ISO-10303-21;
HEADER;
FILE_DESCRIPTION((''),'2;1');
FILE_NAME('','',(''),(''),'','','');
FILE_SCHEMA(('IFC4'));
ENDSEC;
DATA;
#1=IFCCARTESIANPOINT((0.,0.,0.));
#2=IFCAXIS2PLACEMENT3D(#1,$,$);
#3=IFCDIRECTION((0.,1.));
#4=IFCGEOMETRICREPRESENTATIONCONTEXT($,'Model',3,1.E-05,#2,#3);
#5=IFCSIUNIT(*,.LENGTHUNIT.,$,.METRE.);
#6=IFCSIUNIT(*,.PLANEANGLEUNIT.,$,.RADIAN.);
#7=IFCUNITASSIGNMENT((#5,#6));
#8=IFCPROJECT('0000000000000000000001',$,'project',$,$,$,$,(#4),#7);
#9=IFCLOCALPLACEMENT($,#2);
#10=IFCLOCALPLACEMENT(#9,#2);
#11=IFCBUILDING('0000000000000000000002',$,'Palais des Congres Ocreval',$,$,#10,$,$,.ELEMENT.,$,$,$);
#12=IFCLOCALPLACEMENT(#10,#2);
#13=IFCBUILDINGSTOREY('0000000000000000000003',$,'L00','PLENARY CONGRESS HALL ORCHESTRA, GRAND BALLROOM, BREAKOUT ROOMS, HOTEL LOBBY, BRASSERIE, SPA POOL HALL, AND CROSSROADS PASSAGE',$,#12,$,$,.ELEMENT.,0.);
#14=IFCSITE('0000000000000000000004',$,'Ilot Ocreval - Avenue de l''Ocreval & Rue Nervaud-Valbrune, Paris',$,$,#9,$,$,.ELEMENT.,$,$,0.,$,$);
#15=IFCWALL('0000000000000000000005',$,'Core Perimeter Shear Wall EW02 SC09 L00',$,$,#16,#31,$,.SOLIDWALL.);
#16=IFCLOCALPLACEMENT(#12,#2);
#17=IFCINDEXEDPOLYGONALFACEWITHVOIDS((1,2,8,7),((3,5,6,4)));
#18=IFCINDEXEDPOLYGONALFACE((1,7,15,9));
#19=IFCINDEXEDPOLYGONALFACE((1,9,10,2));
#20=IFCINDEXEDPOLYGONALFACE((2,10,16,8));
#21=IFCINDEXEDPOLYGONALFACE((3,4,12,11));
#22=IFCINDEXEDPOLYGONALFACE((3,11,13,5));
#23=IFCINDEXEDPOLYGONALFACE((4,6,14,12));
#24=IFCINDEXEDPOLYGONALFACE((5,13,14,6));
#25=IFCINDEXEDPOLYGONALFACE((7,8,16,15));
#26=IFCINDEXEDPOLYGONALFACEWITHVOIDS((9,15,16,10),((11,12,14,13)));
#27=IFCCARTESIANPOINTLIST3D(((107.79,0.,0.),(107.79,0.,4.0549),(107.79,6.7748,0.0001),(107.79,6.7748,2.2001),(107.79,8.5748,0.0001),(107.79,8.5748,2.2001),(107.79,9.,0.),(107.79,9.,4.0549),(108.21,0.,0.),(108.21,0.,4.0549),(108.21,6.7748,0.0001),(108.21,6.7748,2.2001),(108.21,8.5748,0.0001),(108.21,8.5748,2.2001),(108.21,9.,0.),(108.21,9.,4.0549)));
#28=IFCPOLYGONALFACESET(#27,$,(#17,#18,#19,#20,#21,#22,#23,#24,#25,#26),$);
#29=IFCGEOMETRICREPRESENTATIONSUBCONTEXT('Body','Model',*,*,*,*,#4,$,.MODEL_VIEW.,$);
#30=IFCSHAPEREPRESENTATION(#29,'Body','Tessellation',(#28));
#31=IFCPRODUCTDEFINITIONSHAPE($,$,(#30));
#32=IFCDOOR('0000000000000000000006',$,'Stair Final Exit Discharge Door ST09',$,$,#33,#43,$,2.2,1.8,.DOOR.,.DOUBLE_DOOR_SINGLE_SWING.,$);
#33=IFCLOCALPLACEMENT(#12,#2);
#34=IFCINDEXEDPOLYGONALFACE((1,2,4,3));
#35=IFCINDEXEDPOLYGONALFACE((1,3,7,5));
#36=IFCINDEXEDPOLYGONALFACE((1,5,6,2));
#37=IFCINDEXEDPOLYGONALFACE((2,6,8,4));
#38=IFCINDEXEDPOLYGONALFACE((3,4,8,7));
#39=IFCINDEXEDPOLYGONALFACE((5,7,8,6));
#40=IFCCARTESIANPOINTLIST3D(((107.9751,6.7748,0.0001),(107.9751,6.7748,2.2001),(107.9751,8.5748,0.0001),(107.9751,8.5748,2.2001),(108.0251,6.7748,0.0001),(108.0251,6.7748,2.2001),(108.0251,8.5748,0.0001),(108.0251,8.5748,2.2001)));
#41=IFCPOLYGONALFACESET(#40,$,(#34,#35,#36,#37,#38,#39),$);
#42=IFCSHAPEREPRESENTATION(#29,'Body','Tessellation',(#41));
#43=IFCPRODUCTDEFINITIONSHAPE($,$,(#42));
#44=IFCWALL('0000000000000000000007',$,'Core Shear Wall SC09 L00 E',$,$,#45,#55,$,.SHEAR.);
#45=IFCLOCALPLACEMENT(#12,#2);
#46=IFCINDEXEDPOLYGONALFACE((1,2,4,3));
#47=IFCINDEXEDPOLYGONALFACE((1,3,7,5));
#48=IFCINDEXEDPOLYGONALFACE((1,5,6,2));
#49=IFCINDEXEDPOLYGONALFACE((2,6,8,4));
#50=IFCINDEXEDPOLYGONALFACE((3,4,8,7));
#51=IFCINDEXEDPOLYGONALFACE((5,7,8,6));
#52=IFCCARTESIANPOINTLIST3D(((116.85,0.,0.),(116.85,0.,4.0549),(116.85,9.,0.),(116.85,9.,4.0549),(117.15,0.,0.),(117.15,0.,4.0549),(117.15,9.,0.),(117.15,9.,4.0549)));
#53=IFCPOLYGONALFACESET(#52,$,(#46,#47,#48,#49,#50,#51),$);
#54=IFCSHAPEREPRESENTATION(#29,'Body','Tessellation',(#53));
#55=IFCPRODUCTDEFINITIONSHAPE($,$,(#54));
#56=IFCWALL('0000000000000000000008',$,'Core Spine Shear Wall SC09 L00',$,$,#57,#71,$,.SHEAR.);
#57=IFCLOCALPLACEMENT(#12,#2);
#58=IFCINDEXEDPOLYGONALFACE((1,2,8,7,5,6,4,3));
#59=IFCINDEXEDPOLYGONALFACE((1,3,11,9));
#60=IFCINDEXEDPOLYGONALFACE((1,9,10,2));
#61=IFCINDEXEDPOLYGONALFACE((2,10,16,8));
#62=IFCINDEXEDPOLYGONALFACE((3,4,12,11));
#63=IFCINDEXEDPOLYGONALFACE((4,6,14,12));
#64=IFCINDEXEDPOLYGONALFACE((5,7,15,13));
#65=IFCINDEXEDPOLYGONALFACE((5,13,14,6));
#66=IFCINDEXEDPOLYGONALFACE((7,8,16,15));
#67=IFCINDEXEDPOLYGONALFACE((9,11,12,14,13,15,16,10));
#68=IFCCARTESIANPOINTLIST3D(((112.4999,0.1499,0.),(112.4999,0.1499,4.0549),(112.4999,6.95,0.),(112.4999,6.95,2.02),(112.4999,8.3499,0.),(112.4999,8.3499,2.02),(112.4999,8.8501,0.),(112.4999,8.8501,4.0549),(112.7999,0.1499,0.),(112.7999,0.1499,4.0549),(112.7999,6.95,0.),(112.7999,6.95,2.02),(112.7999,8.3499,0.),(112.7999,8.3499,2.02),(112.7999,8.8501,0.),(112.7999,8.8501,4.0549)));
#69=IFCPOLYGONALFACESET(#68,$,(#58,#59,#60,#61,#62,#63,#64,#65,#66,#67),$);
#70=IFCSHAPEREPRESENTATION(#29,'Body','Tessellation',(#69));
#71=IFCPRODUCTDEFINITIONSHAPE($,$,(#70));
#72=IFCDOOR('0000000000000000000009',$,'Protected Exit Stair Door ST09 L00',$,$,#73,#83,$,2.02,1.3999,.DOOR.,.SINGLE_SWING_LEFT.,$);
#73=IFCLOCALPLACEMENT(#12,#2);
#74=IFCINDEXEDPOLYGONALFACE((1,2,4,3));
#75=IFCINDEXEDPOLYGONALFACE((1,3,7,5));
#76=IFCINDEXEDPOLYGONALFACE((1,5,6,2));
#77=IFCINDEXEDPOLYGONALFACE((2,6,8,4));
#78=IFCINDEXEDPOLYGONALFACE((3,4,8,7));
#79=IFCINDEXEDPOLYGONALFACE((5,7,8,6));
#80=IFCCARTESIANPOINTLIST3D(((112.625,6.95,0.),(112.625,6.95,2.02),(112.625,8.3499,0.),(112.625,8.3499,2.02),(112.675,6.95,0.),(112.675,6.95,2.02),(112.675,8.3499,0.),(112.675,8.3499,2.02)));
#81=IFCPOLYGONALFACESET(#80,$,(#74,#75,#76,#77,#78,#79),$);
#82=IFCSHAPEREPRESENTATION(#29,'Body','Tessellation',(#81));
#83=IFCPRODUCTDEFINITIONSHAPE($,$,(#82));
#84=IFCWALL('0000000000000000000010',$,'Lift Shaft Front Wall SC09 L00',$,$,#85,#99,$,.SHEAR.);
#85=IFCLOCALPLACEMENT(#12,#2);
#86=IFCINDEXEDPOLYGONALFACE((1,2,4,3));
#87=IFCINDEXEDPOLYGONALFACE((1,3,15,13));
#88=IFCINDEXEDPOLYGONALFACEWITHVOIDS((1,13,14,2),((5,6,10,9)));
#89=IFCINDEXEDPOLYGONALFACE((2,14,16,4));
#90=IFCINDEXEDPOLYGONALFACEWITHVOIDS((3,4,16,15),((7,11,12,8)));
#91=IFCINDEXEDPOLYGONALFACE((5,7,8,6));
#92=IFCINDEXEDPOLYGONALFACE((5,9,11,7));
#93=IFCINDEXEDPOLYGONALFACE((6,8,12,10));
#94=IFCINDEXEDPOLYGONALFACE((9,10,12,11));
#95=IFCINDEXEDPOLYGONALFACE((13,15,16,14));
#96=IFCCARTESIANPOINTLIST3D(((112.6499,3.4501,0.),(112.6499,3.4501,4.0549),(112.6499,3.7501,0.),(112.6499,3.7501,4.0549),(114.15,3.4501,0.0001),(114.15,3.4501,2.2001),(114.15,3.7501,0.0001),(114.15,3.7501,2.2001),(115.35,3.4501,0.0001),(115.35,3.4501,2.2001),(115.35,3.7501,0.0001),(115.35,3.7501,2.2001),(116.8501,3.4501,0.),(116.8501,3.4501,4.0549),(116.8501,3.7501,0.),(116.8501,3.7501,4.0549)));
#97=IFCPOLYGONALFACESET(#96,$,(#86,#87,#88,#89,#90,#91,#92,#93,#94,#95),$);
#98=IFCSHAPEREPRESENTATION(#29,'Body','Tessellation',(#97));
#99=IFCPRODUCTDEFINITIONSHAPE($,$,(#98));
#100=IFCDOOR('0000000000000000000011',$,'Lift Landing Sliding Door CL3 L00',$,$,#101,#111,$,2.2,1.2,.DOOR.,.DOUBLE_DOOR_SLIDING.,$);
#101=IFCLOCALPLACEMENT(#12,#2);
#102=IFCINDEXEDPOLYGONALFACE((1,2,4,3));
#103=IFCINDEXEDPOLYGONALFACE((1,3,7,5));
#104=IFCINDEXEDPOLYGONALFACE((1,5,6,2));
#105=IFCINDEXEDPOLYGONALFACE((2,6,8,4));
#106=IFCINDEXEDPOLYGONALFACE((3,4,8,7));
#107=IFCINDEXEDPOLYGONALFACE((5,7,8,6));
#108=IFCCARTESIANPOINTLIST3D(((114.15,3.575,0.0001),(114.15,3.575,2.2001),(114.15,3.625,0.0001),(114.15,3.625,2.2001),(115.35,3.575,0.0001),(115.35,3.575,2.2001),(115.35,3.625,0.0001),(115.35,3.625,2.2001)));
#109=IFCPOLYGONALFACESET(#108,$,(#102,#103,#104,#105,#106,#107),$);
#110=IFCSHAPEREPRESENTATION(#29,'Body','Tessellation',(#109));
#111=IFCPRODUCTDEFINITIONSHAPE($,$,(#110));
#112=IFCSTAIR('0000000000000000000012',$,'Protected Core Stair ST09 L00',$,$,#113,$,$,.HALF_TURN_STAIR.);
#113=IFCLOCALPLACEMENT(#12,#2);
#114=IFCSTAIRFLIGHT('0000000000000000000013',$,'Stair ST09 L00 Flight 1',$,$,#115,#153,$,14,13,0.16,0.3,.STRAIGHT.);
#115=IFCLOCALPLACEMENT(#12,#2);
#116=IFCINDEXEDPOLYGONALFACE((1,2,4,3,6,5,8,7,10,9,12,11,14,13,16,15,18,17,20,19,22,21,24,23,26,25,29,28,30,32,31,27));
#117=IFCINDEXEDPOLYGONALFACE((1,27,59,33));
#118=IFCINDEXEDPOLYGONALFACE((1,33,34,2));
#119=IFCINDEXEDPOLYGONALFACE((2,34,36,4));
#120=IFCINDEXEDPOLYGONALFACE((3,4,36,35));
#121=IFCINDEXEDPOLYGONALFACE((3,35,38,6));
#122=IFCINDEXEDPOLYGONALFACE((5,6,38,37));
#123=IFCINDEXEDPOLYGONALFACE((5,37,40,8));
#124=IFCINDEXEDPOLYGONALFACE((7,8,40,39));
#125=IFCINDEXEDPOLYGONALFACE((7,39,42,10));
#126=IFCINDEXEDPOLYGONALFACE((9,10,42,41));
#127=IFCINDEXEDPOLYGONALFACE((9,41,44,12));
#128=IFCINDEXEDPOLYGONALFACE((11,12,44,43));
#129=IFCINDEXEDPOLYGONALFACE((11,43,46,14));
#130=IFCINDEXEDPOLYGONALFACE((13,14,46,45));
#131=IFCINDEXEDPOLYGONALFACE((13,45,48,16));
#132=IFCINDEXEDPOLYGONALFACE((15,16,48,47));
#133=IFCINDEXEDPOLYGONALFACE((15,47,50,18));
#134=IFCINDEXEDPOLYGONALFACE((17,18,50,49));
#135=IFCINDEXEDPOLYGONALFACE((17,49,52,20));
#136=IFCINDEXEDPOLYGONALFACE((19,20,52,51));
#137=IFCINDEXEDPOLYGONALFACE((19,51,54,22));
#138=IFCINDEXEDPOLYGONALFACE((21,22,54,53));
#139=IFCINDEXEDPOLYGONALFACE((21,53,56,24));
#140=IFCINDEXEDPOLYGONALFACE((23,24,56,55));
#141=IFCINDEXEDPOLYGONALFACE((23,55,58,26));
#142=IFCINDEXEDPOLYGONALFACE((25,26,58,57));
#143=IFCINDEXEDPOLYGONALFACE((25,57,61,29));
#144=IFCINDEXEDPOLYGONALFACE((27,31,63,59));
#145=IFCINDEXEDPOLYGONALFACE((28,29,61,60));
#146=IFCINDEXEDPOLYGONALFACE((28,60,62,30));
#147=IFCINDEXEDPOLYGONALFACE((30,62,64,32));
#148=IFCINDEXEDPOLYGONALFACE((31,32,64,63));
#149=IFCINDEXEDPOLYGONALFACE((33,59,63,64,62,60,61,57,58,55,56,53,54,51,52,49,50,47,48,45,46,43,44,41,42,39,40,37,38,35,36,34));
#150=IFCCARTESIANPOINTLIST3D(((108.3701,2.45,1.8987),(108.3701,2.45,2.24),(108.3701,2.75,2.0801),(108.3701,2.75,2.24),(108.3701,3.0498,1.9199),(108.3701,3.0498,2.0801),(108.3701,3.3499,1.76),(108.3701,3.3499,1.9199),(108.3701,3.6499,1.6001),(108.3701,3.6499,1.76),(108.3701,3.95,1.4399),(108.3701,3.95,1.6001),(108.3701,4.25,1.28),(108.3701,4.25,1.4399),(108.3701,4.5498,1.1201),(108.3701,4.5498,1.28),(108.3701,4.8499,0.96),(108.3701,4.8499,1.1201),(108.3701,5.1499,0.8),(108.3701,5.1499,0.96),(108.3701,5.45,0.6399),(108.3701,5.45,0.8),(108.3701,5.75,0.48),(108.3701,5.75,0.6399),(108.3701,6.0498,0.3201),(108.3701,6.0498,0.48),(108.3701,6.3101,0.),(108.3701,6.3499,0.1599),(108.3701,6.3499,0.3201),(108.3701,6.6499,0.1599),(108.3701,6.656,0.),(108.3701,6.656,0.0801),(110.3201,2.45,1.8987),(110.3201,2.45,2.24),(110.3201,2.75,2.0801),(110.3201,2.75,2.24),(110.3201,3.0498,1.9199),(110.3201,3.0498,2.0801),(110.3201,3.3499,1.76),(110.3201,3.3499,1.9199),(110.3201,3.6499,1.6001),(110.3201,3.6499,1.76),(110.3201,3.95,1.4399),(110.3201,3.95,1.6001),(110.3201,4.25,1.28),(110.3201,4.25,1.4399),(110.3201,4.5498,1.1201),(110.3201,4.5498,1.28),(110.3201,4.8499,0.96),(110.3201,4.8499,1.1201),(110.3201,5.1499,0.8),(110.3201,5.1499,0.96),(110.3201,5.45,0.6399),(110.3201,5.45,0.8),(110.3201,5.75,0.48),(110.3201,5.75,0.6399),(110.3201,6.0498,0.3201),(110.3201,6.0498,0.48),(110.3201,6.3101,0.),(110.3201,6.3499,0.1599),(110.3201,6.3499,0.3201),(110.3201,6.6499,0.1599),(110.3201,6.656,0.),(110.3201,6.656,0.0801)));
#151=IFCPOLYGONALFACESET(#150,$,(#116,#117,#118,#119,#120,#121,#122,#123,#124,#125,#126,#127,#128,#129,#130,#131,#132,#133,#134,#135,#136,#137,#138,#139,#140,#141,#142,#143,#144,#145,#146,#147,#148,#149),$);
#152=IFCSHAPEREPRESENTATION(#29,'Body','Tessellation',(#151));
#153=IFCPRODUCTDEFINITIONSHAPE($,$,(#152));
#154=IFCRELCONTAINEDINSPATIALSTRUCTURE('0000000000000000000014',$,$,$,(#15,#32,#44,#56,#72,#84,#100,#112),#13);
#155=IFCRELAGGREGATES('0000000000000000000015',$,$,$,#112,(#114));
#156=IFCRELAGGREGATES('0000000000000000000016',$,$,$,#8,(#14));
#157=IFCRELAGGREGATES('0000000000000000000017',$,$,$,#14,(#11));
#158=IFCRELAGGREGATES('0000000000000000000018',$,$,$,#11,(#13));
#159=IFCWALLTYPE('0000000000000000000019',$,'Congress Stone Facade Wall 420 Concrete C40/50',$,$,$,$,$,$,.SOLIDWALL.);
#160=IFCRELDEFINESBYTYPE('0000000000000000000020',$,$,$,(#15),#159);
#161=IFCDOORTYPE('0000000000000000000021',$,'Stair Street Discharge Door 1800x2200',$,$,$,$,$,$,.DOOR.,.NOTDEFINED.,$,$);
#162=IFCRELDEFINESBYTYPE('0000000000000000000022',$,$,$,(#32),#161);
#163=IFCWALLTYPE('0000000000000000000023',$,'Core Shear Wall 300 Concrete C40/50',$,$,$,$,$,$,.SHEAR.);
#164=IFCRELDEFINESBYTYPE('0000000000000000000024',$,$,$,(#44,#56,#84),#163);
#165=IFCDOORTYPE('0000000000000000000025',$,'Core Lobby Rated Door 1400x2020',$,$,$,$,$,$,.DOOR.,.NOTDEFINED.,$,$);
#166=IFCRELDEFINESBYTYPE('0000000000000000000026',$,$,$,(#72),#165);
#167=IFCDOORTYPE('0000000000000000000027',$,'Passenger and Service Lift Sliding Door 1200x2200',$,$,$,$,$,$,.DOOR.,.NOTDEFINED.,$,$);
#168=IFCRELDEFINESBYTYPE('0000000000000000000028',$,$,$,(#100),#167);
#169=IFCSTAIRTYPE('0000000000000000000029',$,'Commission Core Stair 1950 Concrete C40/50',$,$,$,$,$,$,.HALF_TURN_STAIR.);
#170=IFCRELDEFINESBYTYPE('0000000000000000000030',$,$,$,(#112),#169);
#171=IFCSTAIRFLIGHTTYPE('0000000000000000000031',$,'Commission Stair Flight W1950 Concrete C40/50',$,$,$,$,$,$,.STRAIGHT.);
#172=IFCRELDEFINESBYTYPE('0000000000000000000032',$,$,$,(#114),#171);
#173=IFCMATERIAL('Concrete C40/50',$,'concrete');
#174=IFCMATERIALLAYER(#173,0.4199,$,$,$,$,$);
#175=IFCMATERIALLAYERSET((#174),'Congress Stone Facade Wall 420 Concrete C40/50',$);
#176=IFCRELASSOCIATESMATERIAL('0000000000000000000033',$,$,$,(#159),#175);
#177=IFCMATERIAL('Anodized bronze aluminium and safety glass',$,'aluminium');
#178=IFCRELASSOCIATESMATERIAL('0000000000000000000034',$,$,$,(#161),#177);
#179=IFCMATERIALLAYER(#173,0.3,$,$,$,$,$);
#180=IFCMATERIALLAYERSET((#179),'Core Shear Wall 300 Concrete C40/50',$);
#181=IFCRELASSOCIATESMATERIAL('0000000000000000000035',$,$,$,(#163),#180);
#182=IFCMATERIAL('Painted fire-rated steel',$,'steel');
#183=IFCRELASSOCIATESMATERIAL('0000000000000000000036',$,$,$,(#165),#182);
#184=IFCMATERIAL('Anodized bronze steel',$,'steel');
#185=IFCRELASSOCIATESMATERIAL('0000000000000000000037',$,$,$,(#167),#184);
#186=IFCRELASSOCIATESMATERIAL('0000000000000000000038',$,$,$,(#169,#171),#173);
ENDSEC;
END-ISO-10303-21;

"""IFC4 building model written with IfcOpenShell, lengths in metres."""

from ifc_helpers import new_model, si_unit, direction, frame, frame_2d, origin, place, context, subcontext, project, spatial, polyline, rectangle, outline, extrude, material, layer, layer_set, type_object, element, fill, aggregate, save


model = new_model("IFC4")

# Units and contexts
model_context = context("Model", 3, precision=1e-05, world=origin(), true_north=direction((0.0, 1.0)))
body_context = subcontext(model_context, "Body", "Model", "MODEL_VIEW")
ifc_project = project(units=[si_unit("LENGTHUNIT", "METRE"), si_unit("PLANEANGLEUNIT", "RADIAN")], contexts=[model_context])

# Site, building, storey
site_placement = place(None, origin())
site = spatial("IfcSite", under=ifc_project, at=site_placement, Name="Ilot Ocreval - Avenue de l'Ocreval & Rue Nervaud-Valbrune, Paris", CompositionType="ELEMENT", RefElevation=0.0)
building_placement = place(site_placement, origin())
building = spatial("IfcBuilding", under=site, at=building_placement, Name="Palais des Congres Ocreval", CompositionType="ELEMENT")
storey_placement = place(building_placement, origin())
storey = spatial("IfcBuildingStorey", under=building, at=storey_placement, Name="L00", Description="PLENARY CONGRESS HALL ORCHESTRA, GRAND BALLROOM, BREAKOUT ROOMS, HOTEL LOBBY, BRASSERIE, SPA POOL HALL, AND CROSSROADS PASSAGE", CompositionType="ELEMENT", Elevation=0.0)

# Shared definitions
ifc_material_1 = material(Name="Concrete C40/50", Category="concrete")
ifc_layer_1 = layer(ifc_material_1, 0.4199)
ifc_layer_set_1 = layer_set([ifc_layer_1], Name="Congress Stone Facade Wall 420 Concrete C40/50")
wall_type_1 = type_object("IfcWallType", Name="Congress Stone Facade Wall 420 Concrete C40/50", PredefinedType="SOLIDWALL", material=ifc_layer_set_1)

# Wall, opening, door
wall_1_placement = place(storey_placement, frame((108.0, 0.0, 0.0), z_axis=(0.0, 0.0, 1.0), x_axis=(0.0, 1.0, 0.0)))
wall_1 = element("IfcWall", 1, at=wall_1_placement, inside=storey, type_object=wall_type_1, Name="Core Perimeter Shear Wall EW02 SC09 L00", PredefinedType="SOLIDWALL", context=body_context, shape_type="SweptSolid", body=[
    extrude(rectangle(XDim=9.0, YDim=0.4199, at=frame_2d((4.5, 0.0))), origin(), (0.0, 0.0, 1.0), 4.0549),
])
opening_1_placement = place(wall_1_placement, frame((6.7749, 0.0, 0.0)))
opening_1 = element("IfcOpeningElement", 2, at=opening_1_placement, cuts=wall_1, PredefinedType="OPENING", context=body_context, shape_type="SweptSolid", body=[
    extrude(rectangle(XDim=1.8, YDim=2.2, at=frame_2d((0.8999, 1.1001))), frame((0.0, 0.22, 0.0), z_axis=(0.0, -1.0, 0.0), x_axis=(1.0, 0.0, 0.0)), (0.0, 0.0, 1.0), 0.4399),
])
ifc_material_2 = material(Name="Anodized bronze aluminium and safety glass", Category="aluminium")
door_type_1 = type_object("IfcDoorType", Name="Stair Street Discharge Door 1800x2200", OperationType="NOTDEFINED", PredefinedType="DOOR", material=ifc_material_2)
door_1_placement = place(opening_1_placement, origin())
door_1 = element("IfcDoor", 3, at=door_1_placement, inside=storey, type_object=door_type_1, Name="Stair Final Exit Discharge Door ST09", OperationType="DOUBLE_DOOR_SINGLE_SWING", OverallHeight=2.2, OverallWidth=1.8, PredefinedType="DOOR", context=body_context, shape_type="SweptSolid", body=[
    extrude(rectangle(XDim=1.8, YDim=2.2, at=frame_2d((0.8999, 1.1001))), frame((0.0, 0.0249, 0.0), z_axis=(0.0, -1.0, 0.0), x_axis=(1.0, 0.0, 0.0)), (0.0, 0.0, 1.0), 0.05),
])
fill(opening_1, door_1)

# Wall
ifc_layer_2 = layer(ifc_material_1, 0.3)
ifc_layer_set_2 = layer_set([ifc_layer_2], Name="Core Shear Wall 300 Concrete C40/50")
wall_type_2 = type_object("IfcWallType", Name="Core Shear Wall 300 Concrete C40/50", PredefinedType="SHEAR", material=ifc_layer_set_2)
wall_2_placement = place(storey_placement, frame((117.0, 0.0, 0.0), z_axis=(0.0, 0.0, 1.0), x_axis=(0.0, 1.0, 0.0)))
element("IfcWall", 4, at=wall_2_placement, inside=storey, type_object=wall_type_2, Name="Core Shear Wall SC09 L00 E", PredefinedType="SHEAR", context=body_context, shape_type="SweptSolid", body=[
    extrude(rectangle(XDim=9.0, YDim=0.3, at=frame_2d((4.5, 0.0))), origin(), (0.0, 0.0, 1.0), 4.0549),
])

# Walls, openings, doors
wall_3_placement = place(storey_placement, frame((112.6499, 0.1499, 0.0), z_axis=(0.0, 0.0, 1.0), x_axis=(0.0, 1.0, 0.0)))
wall_3 = element("IfcWall", 5, at=wall_3_placement, inside=storey, type_object=wall_type_2, Name="Core Spine Shear Wall SC09 L00", PredefinedType="SHEAR", context=body_context, shape_type="SweptSolid", body=[
    extrude(rectangle(XDim=8.7002, YDim=0.3, at=frame_2d((4.3501, 0.0))), origin(), (0.0, 0.0, 1.0), 4.0549),
])
opening_2_placement = place(wall_3_placement, frame((6.8, 0.0, 0.0)))
opening_2 = element("IfcOpeningElement", 6, at=opening_2_placement, cuts=wall_3, PredefinedType="OPENING", context=body_context, shape_type="SweptSolid", body=[
    extrude(rectangle(XDim=1.3999, YDim=2.02, at=frame_2d((0.7, 1.01))), frame((0.0, 0.1599, 0.0), z_axis=(0.0, -1.0, 0.0), x_axis=(1.0, 0.0, 0.0)), (0.0, 0.0, 1.0), 0.3201),
])
ifc_material_3 = material(Name="Painted fire-rated steel", Category="steel")
door_type_2 = type_object("IfcDoorType", Name="Core Lobby Rated Door 1400x2020", OperationType="NOTDEFINED", PredefinedType="DOOR", material=ifc_material_3)
door_2_placement = place(opening_2_placement, origin())
door_2 = element("IfcDoor", 7, at=door_2_placement, inside=storey, type_object=door_type_2, Name="Protected Exit Stair Door ST09 L00", OperationType="SINGLE_SWING_LEFT", OverallHeight=2.02, OverallWidth=1.3999, PredefinedType="DOOR", context=body_context, shape_type="SweptSolid", body=[
    extrude(rectangle(XDim=1.3999, YDim=2.02, at=frame_2d((0.7, 1.01))), frame((0.0, 0.0249, 0.0), z_axis=(0.0, -1.0, 0.0), x_axis=(1.0, 0.0, 0.0)), (0.0, 0.0, 1.0), 0.05),
])
fill(opening_2, door_2)
wall_4_placement = place(storey_placement, frame((112.6499, 3.6001, 0.0), z_axis=(0.0, 0.0, 1.0), x_axis=(1.0, 0.0, 0.0)))
wall_4 = element("IfcWall", 8, at=wall_4_placement, inside=storey, type_object=wall_type_2, Name="Lift Shaft Front Wall SC09 L00", PredefinedType="SHEAR", context=body_context, shape_type="SweptSolid", body=[
    extrude(rectangle(XDim=4.2002, YDim=0.3, at=frame_2d((2.1001, 0.0))), origin(), (0.0, 0.0, 1.0), 4.0549),
])
opening_3_placement = place(wall_4_placement, frame((1.5, 0.0, 0.0)))
opening_3 = element("IfcOpeningElement", 9, at=opening_3_placement, cuts=wall_4, PredefinedType="OPENING", context=body_context, shape_type="SweptSolid", body=[
    extrude(rectangle(XDim=1.2, YDim=2.2, at=frame_2d((0.6001, 1.1001))), frame((0.0, 0.1599, 0.0), z_axis=(0.0, -1.0, 0.0), x_axis=(1.0, 0.0, 0.0)), (0.0, 0.0, 1.0), 0.3201),
])
ifc_material_4 = material(Name="Anodized bronze steel", Category="steel")
door_type_3 = type_object("IfcDoorType", Name="Passenger and Service Lift Sliding Door 1200x2200", OperationType="NOTDEFINED", PredefinedType="DOOR", material=ifc_material_4)
door_3_placement = place(opening_3_placement, origin())
door_3 = element("IfcDoor", 10, at=door_3_placement, inside=storey, type_object=door_type_3, Name="Lift Landing Sliding Door CL3 L00", OperationType="DOUBLE_DOOR_SLIDING", OverallHeight=2.2, OverallWidth=1.2, PredefinedType="DOOR", context=body_context, shape_type="SweptSolid", body=[
    extrude(rectangle(XDim=1.2, YDim=2.2, at=frame_2d((0.6001, 1.1001))), frame((0.0, 0.0249, 0.0), z_axis=(0.0, -1.0, 0.0), x_axis=(1.0, 0.0, 0.0)), (0.0, 0.0, 1.0), 0.05),
])
fill(opening_3, door_3)

# Stair, stair flight
stair_type = type_object("IfcStairType", Name="Commission Core Stair 1950 Concrete C40/50", PredefinedType="HALF_TURN_STAIR", material=ifc_material_1)
stair_placement = place(storey_placement, origin())
stair = element("IfcStair", 11, at=stair_placement, inside=storey, type_object=stair_type, Name="Protected Core Stair ST09 L00", PredefinedType="HALF_TURN_STAIR")
stair_flight_type = type_object("IfcStairFlightType", Name="Commission Stair Flight W1950 Concrete C40/50", PredefinedType="STRAIGHT", material=ifc_material_1)
stair_flight_1_placement = place(storey_placement, frame((109.345, 6.6499, 0.0), z_axis=(0.0, 0.0, 1.0), x_axis=(0.0, -1.0, 0.0)))
stair_flight_1 = element("IfcStairFlight", 12, at=stair_flight_1_placement, type_object=stair_flight_type, Name="Stair ST09 L00 Flight 1", NumberOfRisers=14, NumberOfTreads=13, PredefinedType="STRAIGHT", RiserHeight=0.16, TreadLength=0.3, context=body_context, shape_type="SweptSolid", body=[
    extrude(outline(polyline([(-0.0061, 0.0), (-0.0061, 0.0801), (0.0, 0.1599), (0.3, 0.1599), (0.3, 0.3201), (0.6001, 0.3201), (0.6001, 0.48), (0.8999, 0.48), (0.8999, 0.6399), (1.2, 0.6399), (1.2, 0.8), (1.5, 0.8), (1.5, 0.96), (1.8, 0.96), (1.8, 1.1201), (2.1001, 1.1201), (2.1001, 1.28), (2.3999, 1.28), (2.3999, 1.4399), (2.7, 1.4399), (2.7, 1.6001), (3.0, 1.6001), (3.0, 1.76), (3.3, 1.76), (3.3, 1.9199), (3.6001, 1.9199), (3.6001, 2.0801), (3.8999, 2.0801), (3.8999, 2.24), (4.2, 2.24), (4.2, 1.8987), (0.3398, 0.0), (-0.0061, 0.0)])), frame((0.0, 0.9751, 0.0), z_axis=(0.0, -1.0, 0.0), x_axis=(1.0, 0.0, 0.0)), (0.0, 0.0, 1.0), 1.95),
])
aggregate(stair, [stair_flight_1])

save(model, "model.ifc")
